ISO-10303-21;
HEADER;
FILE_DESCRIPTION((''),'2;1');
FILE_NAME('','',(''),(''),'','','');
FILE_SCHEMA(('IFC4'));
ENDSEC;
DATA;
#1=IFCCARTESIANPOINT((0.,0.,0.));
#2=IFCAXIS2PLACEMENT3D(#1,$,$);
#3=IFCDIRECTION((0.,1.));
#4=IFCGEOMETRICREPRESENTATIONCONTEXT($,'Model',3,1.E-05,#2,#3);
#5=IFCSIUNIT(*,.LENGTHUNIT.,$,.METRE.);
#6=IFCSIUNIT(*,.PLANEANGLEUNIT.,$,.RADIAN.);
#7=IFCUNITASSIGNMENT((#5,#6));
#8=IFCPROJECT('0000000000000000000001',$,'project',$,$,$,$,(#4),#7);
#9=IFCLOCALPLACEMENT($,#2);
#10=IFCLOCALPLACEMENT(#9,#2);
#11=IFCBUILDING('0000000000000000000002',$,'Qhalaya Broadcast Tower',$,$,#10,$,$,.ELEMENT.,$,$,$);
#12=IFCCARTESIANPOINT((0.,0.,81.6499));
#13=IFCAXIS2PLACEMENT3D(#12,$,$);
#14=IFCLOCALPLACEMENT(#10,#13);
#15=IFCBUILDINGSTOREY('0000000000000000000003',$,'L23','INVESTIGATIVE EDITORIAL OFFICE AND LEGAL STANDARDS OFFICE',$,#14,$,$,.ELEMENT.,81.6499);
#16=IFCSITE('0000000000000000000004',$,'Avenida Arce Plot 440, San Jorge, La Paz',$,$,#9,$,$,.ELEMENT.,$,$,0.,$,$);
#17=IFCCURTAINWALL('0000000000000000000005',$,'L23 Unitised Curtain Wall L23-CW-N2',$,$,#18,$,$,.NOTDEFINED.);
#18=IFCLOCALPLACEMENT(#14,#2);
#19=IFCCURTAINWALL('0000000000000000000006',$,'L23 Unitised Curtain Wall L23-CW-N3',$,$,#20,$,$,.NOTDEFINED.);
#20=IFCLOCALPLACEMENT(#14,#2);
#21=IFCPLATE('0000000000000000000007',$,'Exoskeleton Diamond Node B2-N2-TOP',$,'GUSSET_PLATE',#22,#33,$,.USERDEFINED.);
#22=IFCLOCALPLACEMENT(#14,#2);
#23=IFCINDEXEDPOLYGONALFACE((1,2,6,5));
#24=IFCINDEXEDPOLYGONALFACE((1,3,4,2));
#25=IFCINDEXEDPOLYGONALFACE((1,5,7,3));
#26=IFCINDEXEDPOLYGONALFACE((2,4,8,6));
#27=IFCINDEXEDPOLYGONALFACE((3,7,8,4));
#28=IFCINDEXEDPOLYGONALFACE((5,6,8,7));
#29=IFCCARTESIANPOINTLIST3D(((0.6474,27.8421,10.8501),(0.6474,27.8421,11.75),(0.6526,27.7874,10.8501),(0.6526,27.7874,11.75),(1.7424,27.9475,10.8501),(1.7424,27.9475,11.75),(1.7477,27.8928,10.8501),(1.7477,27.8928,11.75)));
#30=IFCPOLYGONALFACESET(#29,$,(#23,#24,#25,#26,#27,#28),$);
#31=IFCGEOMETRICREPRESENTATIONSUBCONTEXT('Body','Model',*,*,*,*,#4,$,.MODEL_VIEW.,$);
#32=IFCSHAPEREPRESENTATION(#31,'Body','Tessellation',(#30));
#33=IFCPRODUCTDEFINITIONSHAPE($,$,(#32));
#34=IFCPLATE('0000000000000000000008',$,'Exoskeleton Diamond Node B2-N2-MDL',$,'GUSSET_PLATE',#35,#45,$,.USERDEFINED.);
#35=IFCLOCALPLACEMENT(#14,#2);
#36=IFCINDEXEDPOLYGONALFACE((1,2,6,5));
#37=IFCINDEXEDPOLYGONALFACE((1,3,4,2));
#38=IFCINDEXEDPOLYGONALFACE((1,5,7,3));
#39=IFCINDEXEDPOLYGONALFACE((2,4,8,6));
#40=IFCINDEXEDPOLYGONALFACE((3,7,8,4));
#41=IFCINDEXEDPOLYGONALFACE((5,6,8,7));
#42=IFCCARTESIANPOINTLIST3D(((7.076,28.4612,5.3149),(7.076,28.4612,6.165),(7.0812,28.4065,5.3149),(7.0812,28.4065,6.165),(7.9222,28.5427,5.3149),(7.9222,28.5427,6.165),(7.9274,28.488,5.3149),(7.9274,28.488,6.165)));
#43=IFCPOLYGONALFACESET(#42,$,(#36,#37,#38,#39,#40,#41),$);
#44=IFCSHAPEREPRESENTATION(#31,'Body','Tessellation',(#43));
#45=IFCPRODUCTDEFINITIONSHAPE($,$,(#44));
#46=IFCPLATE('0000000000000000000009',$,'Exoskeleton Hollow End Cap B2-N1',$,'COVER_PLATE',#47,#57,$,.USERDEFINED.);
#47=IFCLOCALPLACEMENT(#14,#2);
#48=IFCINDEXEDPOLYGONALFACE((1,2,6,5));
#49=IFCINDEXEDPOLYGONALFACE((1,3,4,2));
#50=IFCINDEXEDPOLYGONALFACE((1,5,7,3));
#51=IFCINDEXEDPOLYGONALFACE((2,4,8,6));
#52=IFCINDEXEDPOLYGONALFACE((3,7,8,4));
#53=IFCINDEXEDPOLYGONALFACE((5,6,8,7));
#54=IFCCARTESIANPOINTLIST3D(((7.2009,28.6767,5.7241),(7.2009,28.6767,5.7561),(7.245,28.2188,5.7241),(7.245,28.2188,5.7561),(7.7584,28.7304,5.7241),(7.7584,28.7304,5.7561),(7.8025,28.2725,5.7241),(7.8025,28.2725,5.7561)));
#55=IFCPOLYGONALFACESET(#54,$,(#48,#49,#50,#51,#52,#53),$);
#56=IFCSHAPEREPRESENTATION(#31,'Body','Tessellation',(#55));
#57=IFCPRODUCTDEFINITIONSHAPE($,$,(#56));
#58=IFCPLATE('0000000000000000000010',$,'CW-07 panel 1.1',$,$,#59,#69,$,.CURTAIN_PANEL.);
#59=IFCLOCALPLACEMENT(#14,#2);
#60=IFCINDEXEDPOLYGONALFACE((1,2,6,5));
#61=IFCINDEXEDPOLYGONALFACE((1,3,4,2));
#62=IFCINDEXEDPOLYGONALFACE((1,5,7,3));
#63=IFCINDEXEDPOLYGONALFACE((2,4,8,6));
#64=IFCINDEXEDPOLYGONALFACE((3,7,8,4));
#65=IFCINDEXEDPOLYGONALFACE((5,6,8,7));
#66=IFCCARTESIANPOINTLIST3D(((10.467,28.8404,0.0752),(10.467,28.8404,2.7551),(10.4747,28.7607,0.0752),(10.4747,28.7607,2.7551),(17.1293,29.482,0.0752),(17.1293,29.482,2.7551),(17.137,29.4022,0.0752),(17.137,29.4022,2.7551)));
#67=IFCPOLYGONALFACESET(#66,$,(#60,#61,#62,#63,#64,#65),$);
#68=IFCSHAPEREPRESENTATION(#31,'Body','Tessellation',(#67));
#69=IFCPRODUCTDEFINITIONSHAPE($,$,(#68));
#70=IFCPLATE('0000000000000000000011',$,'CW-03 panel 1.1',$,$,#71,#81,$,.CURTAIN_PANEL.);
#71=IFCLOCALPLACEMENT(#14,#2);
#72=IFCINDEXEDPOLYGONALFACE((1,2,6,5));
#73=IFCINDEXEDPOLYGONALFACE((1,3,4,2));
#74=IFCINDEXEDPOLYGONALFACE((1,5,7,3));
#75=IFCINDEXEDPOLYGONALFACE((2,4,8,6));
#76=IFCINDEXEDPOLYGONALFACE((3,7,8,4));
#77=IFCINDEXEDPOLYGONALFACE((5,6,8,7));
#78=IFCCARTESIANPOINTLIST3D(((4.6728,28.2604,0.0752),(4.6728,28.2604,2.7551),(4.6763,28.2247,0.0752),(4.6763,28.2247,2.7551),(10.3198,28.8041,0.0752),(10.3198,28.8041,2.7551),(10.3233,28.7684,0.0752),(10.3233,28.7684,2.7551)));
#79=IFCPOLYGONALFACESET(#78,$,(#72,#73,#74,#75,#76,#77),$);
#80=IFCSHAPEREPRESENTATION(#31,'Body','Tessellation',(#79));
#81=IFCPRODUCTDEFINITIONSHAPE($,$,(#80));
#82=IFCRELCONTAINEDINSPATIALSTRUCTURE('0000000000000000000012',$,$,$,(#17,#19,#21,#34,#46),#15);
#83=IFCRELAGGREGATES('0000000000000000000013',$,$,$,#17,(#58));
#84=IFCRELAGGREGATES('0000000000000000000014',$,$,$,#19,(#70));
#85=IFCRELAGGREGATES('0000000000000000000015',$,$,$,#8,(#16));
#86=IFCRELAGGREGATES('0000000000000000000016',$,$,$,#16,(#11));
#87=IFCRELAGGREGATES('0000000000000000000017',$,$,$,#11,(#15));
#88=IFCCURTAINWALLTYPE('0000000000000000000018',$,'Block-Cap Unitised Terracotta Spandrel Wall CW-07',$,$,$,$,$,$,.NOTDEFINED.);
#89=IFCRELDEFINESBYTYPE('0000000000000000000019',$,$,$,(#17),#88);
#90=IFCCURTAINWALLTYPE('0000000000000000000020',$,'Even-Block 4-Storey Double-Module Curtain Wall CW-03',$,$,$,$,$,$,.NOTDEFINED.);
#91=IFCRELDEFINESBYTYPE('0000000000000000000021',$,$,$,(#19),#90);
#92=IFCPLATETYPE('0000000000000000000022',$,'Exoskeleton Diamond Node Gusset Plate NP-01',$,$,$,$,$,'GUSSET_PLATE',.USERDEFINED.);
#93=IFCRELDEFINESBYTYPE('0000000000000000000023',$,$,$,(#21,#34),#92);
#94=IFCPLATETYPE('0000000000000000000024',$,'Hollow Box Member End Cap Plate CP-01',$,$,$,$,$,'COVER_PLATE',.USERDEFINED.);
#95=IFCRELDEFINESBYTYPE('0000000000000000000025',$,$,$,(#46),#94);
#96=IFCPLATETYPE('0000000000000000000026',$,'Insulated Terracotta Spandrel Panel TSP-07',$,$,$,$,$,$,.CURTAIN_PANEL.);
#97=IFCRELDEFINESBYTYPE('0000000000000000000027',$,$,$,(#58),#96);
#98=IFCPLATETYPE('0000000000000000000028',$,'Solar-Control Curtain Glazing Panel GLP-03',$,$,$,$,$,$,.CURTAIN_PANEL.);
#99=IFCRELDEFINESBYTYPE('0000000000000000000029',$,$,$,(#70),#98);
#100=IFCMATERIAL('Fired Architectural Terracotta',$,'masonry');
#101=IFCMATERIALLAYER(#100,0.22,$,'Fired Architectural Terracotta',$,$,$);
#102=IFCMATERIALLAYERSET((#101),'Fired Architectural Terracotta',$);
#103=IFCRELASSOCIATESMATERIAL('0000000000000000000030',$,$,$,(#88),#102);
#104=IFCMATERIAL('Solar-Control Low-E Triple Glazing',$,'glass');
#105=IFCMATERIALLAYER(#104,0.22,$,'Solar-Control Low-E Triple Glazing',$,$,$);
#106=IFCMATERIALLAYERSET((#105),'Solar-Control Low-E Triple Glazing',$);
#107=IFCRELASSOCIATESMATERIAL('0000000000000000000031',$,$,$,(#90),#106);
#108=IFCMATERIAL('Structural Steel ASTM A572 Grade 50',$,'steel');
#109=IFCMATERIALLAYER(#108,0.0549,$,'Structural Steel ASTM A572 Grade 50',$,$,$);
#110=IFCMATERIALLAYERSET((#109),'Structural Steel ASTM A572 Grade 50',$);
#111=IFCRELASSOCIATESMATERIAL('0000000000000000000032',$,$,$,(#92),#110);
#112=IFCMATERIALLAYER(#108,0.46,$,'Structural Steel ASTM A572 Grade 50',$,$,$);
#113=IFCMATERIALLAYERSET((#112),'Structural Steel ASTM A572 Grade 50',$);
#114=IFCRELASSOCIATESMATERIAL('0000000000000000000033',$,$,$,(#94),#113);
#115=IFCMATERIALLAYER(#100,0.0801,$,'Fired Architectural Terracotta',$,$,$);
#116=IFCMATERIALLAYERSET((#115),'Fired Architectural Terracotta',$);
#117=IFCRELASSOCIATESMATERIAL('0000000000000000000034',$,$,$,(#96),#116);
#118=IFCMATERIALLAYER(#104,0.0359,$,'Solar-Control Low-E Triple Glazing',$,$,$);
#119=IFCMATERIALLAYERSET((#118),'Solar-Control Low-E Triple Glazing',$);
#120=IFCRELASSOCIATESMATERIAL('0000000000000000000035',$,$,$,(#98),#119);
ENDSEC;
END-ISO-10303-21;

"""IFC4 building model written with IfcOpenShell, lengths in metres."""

from ifc_helpers import new_model, si_unit, direction, frame, origin, origin_2d, place, context, subcontext, project, spatial, rectangle, extrude, material, layer, layer_set, type_object, element, aggregate, save


model = new_model("IFC4")

# Units and contexts
model_context = context("Model", 3, precision=1e-05, world=origin(), true_north=direction((0.0, 1.0)))
body_context = subcontext(model_context, "Body", "Model", "MODEL_VIEW")
ifc_project = project(units=[si_unit("LENGTHUNIT", "METRE"), si_unit("PLANEANGLEUNIT", "RADIAN")], contexts=[model_context])

# Site, building, storey
site_placement = place(None, origin())
site = spatial("IfcSite", under=ifc_project, at=site_placement, Name="Avenida Arce Plot 440, San Jorge, La Paz", CompositionType="ELEMENT", RefElevation=0.0)
building_placement = place(site_placement, origin())
building = spatial("IfcBuilding", under=site, at=building_placement, Name="Qhalaya Broadcast Tower", CompositionType="ELEMENT")
storey_placement = place(building_placement, frame((0.0, 0.0, 81.6499)))
storey = spatial("IfcBuildingStorey", under=building, at=storey_placement, Name="L23", Description="INVESTIGATIVE EDITORIAL OFFICE AND LEGAL STANDARDS OFFICE", CompositionType="ELEMENT", Elevation=81.6499)

# Shared definitions
ifc_material_1 = material(Name="Structural Steel ASTM A572 Grade 50", Category="steel")

# Curtain wall
ifc_material_2 = material(Name="Fired Architectural Terracotta", Category="masonry")
ifc_layer_1 = layer(ifc_material_2, 0.22, Name="Fired Architectural Terracotta")
ifc_layer_set_1 = layer_set([ifc_layer_1], Name="Fired Architectural Terracotta")
curtain_wall_type_1 = type_object("IfcCurtainWallType", Name="Block-Cap Unitised Terracotta Spandrel Wall CW-07", PredefinedType="NOTDEFINED", material=ifc_layer_set_1)
curtain_wall_1_placement = place(storey_placement, origin())
curtain_wall_1 = element("IfcCurtainWall", 1, at=curtain_wall_1_placement, inside=storey, type_object=curtain_wall_type_1, Name="L23 Unitised Curtain Wall L23-CW-N2", PredefinedType="NOTDEFINED")

# Curtain wall
ifc_material_3 = material(Name="Solar-Control Low-E Triple Glazing", Category="glass")
ifc_layer_2 = layer(ifc_material_3, 0.22, Name="Solar-Control Low-E Triple Glazing")
ifc_layer_set_2 = layer_set([ifc_layer_2], Name="Solar-Control Low-E Triple Glazing")
curtain_wall_type_2 = type_object("IfcCurtainWallType", Name="Even-Block 4-Storey Double-Module Curtain Wall CW-03", PredefinedType="NOTDEFINED", material=ifc_layer_set_2)
curtain_wall_2_placement = place(storey_placement, origin())
curtain_wall_2 = element("IfcCurtainWall", 2, at=curtain_wall_2_placement, inside=storey, type_object=curtain_wall_type_2, Name="L23 Unitised Curtain Wall L23-CW-N3", PredefinedType="NOTDEFINED")

# Plates
ifc_layer_3 = layer(ifc_material_1, 0.0549, Name="Structural Steel ASTM A572 Grade 50")
ifc_layer_set_3 = layer_set([ifc_layer_3], Name="Structural Steel ASTM A572 Grade 50")
plate_type_1 = type_object("IfcPlateType", Name="Exoskeleton Diamond Node Gusset Plate NP-01", ElementType="GUSSET_PLATE", PredefinedType="USERDEFINED", material=ifc_layer_set_3)
for number, where, z_axis, x_axis, name in (
    (3, (1.1975, 27.8674, 10.8501), (0.0, 0.0, 1.0), (0.995396, 0.095846, 0.0), "Exoskeleton Diamond Node B2-N2-TOP"),
):
    element("IfcPlate", number, at=place(storey_placement, frame(where, z_axis=z_axis, x_axis=x_axis)), inside=storey, type_object=plate_type_1, Name=name, ObjectType="GUSSET_PLATE", PredefinedType="USERDEFINED", context=body_context, shape_type="SweptSolid", body=[
        extrude(rectangle(XDim=1.1001, YDim=0.0549, at=origin_2d()), origin(), (0.0, 0.0, 1.0), 0.8999),
    ])
plate_1_placement = place(storey_placement, frame((7.5017, 28.4746, 5.3149), z_axis=(0.0, 0.0, 1.0), x_axis=(0.995396, 0.095846, 0.0)))
element("IfcPlate", 4, at=plate_1_placement, inside=storey, type_object=plate_type_1, Name="Exoskeleton Diamond Node B2-N2-MDL", ObjectType="GUSSET_PLATE", PredefinedType="USERDEFINED", context=body_context, shape_type="SweptSolid", body=[
    extrude(rectangle(XDim=0.8501, YDim=0.0549, at=origin_2d()), origin(), (0.0, 0.0, 1.0), 0.8501),
])
ifc_layer_4 = layer(ifc_material_1, 0.46, Name="Structural Steel ASTM A572 Grade 50")
ifc_layer_set_4 = layer_set([ifc_layer_4], Name="Structural Steel ASTM A572 Grade 50")
plate_type_2 = type_object("IfcPlateType", Name="Hollow Box Member End Cap Plate CP-01", ElementType="COVER_PLATE", PredefinedType="USERDEFINED", material=ifc_layer_set_4)
plate_2_placement = place(storey_placement, frame((7.5017, 28.4746, 5.7241), z_axis=(0.0, 0.0, 1.0), x_axis=(0.995396, 0.095846, 0.0)))
element("IfcPlate", 5, at=plate_2_placement, inside=storey, type_object=plate_type_2, Name="Exoskeleton Hollow End Cap B2-N1", ObjectType="COVER_PLATE", PredefinedType="USERDEFINED", context=body_context, shape_type="SweptSolid", body=[
    extrude(rectangle(XDim=0.5601, YDim=0.46, at=origin_2d()), origin(), (0.0, 0.0, 1.0), 0.032),
])

# Plates
ifc_layer_5 = layer(ifc_material_2, 0.0801, Name="Fired Architectural Terracotta")
ifc_layer_set_5 = layer_set([ifc_layer_5], Name="Fired Architectural Terracotta")
plate_type_3 = type_object("IfcPlateType", Name="Insulated Terracotta Spandrel Panel TSP-07", PredefinedType="CURTAIN_PANEL", material=ifc_layer_set_5)
plate_3_placement = place(storey_placement, frame((13.802, 29.1213, 0.0752), z_axis=(0.0, 0.0, 1.0), x_axis=(-0.995396, -0.09585, 0.0)))
plate_3 = element("IfcPlate", 6, at=plate_3_placement, type_object=plate_type_3, Name="CW-07 panel 1.1", PredefinedType="CURTAIN_PANEL", context=body_context, shape_type="SweptSolid", body=[
    extrude(rectangle(XDim=6.6931, YDim=0.0801, at=origin_2d()), origin(), (0.0, 0.0, 1.0), 2.6799),
])
aggregate(curtain_wall_1, [plate_3])
ifc_layer_6 = layer(ifc_material_3, 0.0359, Name="Solar-Control Low-E Triple Glazing")
ifc_layer_set_6 = layer_set([ifc_layer_6], Name="Solar-Control Low-E Triple Glazing")
plate_type_4 = type_object("IfcPlateType", Name="Solar-Control Curtain Glazing Panel GLP-03", PredefinedType="CURTAIN_PANEL", material=ifc_layer_set_6)
plate_4_placement = place(storey_placement, frame((7.498, 28.5144, 0.0752), z_axis=(0.0, 0.0, 1.0), x_axis=(-0.995396, -0.095844, 0.0)))
plate_4 = element("IfcPlate", 7, at=plate_4_placement, type_object=plate_type_4, Name="CW-03 panel 1.1", PredefinedType="CURTAIN_PANEL", context=body_context, shape_type="SweptSolid", body=[
    extrude(rectangle(XDim=5.6731, YDim=0.0359, at=origin_2d()), origin(), (0.0, 0.0, 1.0), 2.6799),
])
aggregate(curtain_wall_2, [plate_4])

save(model, "model.ifc")
